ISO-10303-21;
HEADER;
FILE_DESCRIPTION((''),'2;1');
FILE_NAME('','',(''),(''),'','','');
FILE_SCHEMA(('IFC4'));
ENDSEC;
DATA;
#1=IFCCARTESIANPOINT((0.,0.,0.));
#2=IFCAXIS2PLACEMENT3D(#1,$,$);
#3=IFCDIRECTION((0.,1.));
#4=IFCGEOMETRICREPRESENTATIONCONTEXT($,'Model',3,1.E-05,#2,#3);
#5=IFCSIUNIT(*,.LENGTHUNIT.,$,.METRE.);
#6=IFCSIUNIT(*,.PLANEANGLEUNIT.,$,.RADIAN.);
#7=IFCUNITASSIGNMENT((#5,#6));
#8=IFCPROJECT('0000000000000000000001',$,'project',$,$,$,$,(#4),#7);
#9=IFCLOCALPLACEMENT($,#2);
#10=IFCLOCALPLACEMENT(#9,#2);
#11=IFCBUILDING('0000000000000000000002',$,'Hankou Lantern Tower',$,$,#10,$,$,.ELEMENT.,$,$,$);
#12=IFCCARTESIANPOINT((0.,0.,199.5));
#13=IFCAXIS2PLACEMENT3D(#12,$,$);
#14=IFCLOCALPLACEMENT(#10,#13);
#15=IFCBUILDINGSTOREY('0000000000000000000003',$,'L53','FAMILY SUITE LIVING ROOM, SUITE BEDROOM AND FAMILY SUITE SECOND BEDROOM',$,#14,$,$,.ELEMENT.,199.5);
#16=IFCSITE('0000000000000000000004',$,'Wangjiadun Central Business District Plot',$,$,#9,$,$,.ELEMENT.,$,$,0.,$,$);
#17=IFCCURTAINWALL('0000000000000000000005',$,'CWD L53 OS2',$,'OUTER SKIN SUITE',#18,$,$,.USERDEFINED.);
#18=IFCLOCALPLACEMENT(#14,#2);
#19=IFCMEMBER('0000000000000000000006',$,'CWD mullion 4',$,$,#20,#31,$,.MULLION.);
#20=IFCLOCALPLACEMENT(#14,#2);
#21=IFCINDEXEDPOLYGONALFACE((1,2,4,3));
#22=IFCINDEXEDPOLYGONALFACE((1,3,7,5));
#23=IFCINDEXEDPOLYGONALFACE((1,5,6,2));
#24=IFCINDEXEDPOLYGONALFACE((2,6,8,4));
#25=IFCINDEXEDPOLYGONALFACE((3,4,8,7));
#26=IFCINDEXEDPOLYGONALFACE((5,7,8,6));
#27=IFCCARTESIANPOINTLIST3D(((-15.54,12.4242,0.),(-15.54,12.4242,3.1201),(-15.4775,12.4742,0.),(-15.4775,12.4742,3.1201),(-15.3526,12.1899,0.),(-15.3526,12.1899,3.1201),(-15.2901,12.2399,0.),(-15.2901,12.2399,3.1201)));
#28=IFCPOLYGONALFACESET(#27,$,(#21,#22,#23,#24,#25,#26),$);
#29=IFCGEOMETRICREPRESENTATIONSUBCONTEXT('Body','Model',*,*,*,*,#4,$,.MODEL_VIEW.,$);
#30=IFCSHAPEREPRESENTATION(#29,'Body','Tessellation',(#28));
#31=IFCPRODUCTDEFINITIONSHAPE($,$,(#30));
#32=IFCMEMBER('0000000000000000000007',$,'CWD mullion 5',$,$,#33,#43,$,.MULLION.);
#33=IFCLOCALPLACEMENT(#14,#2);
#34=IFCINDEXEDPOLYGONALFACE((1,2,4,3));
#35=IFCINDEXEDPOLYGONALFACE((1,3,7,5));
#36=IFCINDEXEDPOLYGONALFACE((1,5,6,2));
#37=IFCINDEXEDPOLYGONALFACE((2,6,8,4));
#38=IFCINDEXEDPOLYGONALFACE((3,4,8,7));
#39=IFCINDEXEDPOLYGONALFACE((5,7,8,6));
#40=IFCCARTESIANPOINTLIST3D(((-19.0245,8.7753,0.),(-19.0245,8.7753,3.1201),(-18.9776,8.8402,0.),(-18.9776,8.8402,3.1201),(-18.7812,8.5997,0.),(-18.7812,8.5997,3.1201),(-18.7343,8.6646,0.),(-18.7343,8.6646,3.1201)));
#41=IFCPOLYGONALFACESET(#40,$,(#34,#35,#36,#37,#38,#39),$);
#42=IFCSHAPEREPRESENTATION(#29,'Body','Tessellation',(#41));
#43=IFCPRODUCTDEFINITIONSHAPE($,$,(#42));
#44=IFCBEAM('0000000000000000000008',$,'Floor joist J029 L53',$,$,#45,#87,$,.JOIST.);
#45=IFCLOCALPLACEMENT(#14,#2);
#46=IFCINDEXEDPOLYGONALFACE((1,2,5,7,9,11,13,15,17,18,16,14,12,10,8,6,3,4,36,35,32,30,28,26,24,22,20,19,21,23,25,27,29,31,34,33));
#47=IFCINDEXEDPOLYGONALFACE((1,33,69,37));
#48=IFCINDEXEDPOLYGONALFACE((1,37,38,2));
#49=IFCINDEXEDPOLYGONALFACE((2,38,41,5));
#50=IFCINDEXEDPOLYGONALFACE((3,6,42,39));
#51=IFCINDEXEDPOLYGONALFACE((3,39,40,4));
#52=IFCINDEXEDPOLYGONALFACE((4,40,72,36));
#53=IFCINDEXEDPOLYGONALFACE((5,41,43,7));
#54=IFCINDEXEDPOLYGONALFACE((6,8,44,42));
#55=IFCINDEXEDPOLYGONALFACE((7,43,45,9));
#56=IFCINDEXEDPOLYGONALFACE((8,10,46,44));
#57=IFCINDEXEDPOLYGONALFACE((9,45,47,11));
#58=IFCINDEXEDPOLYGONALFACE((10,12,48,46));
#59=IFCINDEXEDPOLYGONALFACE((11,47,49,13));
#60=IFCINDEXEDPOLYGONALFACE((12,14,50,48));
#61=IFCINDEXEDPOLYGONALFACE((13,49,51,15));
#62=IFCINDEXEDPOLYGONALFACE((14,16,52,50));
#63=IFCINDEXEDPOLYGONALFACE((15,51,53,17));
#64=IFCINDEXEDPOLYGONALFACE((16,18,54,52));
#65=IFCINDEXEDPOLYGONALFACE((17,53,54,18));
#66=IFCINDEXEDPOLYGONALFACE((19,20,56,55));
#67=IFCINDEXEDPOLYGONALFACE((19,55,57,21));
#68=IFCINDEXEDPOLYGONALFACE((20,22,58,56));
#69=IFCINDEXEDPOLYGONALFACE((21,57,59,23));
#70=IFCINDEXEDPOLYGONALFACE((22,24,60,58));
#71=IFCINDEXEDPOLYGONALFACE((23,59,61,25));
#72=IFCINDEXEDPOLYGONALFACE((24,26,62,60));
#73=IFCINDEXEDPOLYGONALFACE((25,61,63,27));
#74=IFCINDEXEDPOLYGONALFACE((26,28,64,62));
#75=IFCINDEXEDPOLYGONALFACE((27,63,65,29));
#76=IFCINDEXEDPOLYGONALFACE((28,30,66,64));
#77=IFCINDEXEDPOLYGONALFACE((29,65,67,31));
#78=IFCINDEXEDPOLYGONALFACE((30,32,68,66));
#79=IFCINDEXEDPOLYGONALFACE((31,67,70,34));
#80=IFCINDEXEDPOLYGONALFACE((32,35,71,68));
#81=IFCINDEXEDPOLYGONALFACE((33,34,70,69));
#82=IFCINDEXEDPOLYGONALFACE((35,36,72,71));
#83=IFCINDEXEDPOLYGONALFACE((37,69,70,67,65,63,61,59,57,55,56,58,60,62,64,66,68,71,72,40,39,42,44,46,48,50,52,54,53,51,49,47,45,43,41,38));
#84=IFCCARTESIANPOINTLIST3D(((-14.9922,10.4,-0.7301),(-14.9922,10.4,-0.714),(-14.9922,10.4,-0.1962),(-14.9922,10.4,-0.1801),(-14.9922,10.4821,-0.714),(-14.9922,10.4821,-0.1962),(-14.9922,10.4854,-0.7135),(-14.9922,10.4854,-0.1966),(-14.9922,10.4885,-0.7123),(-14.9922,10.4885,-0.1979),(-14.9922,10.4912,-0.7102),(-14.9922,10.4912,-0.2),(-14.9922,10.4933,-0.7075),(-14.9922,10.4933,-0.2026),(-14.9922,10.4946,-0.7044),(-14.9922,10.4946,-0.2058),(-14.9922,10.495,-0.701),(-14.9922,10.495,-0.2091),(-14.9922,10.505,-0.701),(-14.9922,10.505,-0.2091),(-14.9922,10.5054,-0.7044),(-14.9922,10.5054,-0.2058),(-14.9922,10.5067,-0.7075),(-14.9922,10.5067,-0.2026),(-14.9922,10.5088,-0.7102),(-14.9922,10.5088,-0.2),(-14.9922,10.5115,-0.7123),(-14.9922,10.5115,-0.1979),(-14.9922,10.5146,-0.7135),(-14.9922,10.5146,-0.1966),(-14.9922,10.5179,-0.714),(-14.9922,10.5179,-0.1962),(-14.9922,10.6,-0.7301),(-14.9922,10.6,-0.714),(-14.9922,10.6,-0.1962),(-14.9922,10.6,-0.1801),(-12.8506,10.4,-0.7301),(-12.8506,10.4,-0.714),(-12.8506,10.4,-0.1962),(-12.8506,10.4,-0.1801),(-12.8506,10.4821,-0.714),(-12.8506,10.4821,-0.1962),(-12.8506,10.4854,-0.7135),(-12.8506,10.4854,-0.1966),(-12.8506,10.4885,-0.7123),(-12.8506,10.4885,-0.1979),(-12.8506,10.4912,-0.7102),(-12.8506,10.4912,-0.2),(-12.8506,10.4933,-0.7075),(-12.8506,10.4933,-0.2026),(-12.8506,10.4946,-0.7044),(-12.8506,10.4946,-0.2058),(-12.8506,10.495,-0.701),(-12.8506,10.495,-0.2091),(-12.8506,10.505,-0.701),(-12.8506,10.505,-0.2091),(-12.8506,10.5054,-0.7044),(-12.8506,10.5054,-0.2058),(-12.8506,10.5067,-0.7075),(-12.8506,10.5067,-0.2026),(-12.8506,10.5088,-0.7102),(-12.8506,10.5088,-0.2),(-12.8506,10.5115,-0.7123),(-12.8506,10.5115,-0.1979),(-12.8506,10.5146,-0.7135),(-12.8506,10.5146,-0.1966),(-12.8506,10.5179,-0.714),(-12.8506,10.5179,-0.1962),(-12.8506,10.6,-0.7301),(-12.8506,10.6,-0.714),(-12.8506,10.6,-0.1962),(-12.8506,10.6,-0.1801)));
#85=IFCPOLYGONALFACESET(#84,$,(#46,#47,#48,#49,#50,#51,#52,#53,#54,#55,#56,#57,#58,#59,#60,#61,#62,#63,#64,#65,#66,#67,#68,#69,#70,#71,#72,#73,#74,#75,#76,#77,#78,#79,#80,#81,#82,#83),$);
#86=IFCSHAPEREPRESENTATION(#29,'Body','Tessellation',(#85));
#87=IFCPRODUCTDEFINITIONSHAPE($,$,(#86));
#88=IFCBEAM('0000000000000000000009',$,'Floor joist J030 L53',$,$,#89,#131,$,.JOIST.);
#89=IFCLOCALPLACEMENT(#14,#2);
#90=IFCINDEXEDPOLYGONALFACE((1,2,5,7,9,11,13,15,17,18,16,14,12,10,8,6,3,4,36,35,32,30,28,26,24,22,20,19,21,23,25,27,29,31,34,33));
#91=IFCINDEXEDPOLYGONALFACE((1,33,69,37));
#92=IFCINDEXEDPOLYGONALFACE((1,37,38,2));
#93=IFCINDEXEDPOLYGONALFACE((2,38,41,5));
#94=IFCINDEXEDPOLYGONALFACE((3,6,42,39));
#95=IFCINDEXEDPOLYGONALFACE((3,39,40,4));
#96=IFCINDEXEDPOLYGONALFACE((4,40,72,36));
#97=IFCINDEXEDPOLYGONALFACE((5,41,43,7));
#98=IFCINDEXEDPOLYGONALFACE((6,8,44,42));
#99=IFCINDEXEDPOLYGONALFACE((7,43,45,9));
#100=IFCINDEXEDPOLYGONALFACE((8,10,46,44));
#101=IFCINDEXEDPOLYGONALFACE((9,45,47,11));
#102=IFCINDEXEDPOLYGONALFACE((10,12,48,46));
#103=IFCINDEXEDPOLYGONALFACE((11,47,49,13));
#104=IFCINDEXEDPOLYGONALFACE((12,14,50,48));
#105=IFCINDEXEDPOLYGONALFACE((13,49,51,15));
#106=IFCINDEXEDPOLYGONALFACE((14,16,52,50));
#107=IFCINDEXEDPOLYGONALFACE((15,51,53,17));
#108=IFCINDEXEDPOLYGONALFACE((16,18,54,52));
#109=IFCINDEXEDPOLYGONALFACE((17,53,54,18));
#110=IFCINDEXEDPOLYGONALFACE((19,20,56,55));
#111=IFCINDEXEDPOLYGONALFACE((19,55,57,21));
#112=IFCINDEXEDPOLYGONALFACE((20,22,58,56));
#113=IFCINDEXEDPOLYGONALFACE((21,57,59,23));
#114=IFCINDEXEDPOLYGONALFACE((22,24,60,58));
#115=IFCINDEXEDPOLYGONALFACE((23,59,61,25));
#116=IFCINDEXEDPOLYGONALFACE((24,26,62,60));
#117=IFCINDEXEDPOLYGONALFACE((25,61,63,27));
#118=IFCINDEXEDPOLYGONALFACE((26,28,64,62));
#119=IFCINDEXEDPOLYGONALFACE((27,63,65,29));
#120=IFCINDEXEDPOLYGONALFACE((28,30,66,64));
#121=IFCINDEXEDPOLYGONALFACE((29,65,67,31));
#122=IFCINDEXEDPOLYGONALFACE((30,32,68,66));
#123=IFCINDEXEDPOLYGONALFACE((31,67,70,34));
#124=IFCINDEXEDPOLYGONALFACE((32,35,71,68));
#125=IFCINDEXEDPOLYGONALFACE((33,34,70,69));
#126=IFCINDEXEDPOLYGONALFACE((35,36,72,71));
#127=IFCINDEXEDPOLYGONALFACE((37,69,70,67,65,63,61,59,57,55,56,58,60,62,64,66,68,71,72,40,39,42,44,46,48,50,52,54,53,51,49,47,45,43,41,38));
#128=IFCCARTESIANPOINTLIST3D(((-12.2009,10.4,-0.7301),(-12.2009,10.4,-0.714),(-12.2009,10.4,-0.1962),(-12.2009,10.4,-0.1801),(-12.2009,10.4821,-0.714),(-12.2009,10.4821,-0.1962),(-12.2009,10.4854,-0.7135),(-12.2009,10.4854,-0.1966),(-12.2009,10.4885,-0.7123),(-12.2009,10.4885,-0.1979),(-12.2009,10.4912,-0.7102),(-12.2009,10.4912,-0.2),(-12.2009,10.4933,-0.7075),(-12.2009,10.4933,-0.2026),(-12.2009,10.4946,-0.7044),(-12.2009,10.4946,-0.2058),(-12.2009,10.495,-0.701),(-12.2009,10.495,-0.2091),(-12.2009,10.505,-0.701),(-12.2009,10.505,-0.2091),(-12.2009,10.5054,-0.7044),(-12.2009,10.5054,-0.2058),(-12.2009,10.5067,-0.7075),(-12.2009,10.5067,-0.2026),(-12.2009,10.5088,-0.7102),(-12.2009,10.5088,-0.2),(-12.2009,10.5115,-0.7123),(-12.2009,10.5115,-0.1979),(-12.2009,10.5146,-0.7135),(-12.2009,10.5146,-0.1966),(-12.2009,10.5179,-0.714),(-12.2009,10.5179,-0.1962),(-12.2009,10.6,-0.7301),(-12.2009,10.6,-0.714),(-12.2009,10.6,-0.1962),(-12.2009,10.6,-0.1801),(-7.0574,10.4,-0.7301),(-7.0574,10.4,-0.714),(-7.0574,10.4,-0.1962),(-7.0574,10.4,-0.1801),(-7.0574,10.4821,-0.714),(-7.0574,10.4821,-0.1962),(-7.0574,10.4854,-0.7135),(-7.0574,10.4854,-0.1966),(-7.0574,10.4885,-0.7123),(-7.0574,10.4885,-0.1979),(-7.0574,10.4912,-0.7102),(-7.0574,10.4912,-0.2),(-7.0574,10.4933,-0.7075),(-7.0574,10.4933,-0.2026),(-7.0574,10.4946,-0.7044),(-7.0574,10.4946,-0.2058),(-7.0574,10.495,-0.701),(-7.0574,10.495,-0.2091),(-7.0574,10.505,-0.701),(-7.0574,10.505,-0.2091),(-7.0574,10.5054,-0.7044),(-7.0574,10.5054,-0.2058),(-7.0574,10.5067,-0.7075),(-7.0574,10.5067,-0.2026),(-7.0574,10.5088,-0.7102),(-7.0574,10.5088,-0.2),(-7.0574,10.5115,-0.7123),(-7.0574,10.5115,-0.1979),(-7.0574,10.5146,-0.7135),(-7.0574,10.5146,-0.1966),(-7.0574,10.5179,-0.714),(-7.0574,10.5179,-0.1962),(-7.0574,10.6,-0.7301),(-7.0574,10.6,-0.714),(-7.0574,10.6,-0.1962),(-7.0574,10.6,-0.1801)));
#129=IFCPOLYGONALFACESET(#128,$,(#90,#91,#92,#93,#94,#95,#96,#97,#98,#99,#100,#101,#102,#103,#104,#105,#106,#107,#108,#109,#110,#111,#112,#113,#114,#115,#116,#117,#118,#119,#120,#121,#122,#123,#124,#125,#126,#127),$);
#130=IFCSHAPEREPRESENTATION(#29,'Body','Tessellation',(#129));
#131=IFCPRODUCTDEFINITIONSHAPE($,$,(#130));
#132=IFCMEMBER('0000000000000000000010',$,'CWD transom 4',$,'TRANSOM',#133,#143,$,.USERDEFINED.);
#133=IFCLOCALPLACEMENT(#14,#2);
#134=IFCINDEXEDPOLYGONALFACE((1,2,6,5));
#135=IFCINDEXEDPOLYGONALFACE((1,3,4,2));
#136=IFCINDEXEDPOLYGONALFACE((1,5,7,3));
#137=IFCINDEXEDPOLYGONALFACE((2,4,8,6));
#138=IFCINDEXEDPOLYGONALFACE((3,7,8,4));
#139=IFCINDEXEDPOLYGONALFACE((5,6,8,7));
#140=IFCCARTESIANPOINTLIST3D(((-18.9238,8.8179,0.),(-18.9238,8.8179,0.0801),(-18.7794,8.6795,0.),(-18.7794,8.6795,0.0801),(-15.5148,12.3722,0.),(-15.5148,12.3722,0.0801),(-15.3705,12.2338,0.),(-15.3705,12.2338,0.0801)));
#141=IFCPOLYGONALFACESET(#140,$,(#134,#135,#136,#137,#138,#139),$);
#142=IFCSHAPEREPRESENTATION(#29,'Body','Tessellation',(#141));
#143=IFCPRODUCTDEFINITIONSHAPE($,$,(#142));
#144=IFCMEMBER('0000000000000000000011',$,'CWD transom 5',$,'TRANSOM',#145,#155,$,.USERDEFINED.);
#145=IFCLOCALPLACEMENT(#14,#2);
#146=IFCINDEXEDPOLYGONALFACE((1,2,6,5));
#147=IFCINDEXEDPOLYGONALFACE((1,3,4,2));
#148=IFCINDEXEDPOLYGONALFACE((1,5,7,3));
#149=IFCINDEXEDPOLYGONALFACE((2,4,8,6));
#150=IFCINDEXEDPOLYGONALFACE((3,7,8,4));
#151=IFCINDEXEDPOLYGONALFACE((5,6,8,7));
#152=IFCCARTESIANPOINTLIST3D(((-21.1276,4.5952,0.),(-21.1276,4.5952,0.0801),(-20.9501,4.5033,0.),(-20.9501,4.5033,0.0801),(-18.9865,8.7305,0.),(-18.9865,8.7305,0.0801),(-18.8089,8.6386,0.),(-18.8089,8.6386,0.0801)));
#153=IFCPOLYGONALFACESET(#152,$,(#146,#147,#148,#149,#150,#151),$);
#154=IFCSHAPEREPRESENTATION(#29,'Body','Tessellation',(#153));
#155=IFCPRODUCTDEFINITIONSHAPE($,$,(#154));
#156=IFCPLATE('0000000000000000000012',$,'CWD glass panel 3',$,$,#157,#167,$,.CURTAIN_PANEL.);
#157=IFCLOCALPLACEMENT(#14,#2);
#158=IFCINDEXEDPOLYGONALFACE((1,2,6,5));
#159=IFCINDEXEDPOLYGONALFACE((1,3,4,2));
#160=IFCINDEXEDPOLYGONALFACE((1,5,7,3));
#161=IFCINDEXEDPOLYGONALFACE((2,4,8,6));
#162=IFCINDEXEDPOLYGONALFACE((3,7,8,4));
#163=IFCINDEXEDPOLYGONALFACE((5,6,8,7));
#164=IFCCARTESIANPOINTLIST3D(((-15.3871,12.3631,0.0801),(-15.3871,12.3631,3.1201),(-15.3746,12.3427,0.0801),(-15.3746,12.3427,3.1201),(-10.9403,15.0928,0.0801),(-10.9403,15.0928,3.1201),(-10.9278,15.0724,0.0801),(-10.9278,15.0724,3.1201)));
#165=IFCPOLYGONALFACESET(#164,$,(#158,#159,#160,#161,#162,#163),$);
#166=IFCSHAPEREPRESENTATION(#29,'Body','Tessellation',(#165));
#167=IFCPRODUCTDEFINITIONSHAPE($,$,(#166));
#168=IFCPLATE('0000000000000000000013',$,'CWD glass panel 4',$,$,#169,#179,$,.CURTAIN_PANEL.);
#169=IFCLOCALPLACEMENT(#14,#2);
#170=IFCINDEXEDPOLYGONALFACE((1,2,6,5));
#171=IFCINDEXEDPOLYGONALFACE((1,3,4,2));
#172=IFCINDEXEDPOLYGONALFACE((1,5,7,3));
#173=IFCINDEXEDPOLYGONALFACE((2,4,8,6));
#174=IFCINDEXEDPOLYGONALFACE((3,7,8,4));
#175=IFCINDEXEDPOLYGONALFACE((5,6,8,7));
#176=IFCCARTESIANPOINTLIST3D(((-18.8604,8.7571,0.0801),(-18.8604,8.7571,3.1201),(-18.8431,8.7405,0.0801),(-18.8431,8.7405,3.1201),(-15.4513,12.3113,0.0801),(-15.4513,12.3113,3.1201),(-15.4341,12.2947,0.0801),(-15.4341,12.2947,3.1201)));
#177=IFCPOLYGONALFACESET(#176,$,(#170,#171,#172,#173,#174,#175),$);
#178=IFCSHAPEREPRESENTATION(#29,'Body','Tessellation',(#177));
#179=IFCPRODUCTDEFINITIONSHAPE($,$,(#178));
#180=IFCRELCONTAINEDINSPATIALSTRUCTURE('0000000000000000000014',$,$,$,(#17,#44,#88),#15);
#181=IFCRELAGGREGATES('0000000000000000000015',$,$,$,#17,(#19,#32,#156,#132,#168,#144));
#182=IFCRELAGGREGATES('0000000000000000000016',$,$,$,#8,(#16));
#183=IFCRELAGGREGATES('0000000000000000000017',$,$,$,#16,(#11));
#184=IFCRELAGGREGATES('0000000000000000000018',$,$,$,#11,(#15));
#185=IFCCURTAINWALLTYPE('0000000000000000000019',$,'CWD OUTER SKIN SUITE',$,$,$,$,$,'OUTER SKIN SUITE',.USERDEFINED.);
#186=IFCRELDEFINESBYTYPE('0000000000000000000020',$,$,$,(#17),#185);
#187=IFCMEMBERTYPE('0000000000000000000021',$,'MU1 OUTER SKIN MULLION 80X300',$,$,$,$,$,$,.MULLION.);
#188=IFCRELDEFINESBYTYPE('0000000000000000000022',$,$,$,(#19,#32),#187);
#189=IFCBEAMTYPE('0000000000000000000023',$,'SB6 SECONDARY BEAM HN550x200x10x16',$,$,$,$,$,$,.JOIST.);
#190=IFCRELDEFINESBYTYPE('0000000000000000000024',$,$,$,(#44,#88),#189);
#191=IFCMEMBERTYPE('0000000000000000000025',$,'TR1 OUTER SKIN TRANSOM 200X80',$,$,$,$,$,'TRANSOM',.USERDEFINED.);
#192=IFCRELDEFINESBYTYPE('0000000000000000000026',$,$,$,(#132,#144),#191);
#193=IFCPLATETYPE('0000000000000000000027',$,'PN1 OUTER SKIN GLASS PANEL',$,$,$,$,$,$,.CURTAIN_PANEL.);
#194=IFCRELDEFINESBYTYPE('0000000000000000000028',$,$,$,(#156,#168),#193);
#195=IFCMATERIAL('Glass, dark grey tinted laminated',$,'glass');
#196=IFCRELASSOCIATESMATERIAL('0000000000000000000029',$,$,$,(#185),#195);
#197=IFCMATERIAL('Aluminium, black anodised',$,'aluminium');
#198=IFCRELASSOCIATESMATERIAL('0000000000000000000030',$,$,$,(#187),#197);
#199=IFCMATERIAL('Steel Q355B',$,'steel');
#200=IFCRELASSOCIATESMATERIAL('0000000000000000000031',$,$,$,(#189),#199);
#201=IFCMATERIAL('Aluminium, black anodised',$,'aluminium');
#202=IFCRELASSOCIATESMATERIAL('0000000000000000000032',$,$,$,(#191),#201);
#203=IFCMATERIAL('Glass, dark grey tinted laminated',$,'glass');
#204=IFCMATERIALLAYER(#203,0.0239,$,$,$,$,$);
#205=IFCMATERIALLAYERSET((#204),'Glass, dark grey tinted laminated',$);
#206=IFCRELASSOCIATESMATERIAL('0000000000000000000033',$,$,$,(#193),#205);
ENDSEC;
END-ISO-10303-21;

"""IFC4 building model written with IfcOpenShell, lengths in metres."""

from ifc_helpers import new_model, si_unit, direction, frame, origin, origin_2d, place, context, subcontext, project, spatial, rectangle, i_section, extrude, material, layer, layer_set, material_profile, profile_set, type_object, element, aggregate, save


model = new_model("IFC4")

# Units and contexts
model_context = context("Model", 3, precision=1e-05, world=origin(), true_north=direction((0.0, 1.0)))
body_context = subcontext(model_context, "Body", "Model", "MODEL_VIEW")
ifc_project = project(units=[si_unit("LENGTHUNIT", "METRE"), si_unit("PLANEANGLEUNIT", "RADIAN")], contexts=[model_context])

# Site, building, storey
site_placement = place(None, origin())
site = spatial("IfcSite", under=ifc_project, at=site_placement, Name="Wangjiadun Central Business District Plot", CompositionType="ELEMENT", RefElevation=0.0)
building_placement = place(site_placement, origin())
building = spatial("IfcBuilding", under=site, at=building_placement, Name="Hankou Lantern Tower", CompositionType="ELEMENT")
storey_placement = place(building_placement, frame((0.0, 0.0, 199.5)))
storey = spatial("IfcBuildingStorey", under=building, at=storey_placement, Name="L53", Description="FAMILY SUITE LIVING ROOM, SUITE BEDROOM AND FAMILY SUITE SECOND BEDROOM", CompositionType="ELEMENT", Elevation=199.5)

# Curtain wall, members
ifc_material_1 = material(Name="Glass, dark grey tinted laminated", Category="glass")
curtain_wall_type = type_object("IfcCurtainWallType", Name="CWD OUTER SKIN SUITE", ElementType="OUTER SKIN SUITE", PredefinedType="USERDEFINED", material=ifc_material_1)
curtain_wall_placement = place(storey_placement, origin())
curtain_wall = element("IfcCurtainWall", 1, at=curtain_wall_placement, inside=storey, type_object=curtain_wall_type, Name="CWD L53 OS2", ObjectType="OUTER SKIN SUITE", PredefinedType="USERDEFINED")
ifc_material_2 = material(Name="Aluminium, black anodised", Category="aluminium")
ifc_material_profile_1 = material_profile(ifc_material_2, rectangle(XDim=0.0801, YDim=0.3, at=origin_2d()), Name="MU1 80X300")
ifc_profile_set_1 = profile_set([ifc_material_profile_1], Name="Aluminium, black anodised")
member_type_1 = type_object("IfcMemberType", Name="MU1 OUTER SKIN MULLION 80X300", PredefinedType="MULLION", material=ifc_profile_set_1)
member_1_placement = place(storey_placement, frame((-15.415, 12.332, 0.0), z_axis=(0.0, 0.0, 1.0), x_axis=(-0.780869, -0.624695, 0.0)))
member_1 = element("IfcMember", 2, at=member_1_placement, type_object=member_type_1, Name="CWD mullion 4", PredefinedType="MULLION", context=body_context, shape_type="SweptSolid", body=[
    extrude(rectangle(XDim=0.0801, YDim=0.3, at=origin_2d()), origin(), (0.0, 0.0, 1.0), 3.1201),
])
member_2_placement = place(storey_placement, frame((-18.8794, 8.72, 0.0), z_axis=(0.0, 0.0, 1.0), x_axis=(-0.585206, -0.810885, 0.0)))
member_2 = element("IfcMember", 3, at=member_2_placement, type_object=member_type_1, Name="CWD mullion 5", PredefinedType="MULLION", context=body_context, shape_type="SweptSolid", body=[
    extrude(rectangle(XDim=0.0801, YDim=0.3, at=origin_2d()), origin(), (0.0, 0.0, 1.0), 3.1201),
])

# Beams
ifc_material_3 = material(Name="Steel Q355B", Category="steel")
ifc_material_profile_2 = material_profile(ifc_material_3, i_section(OverallWidth=0.2, OverallDepth=0.55, WebThickness=0.01, FlangeThickness=0.0161, FilletRadius=0.0129, at=origin_2d()), Name="HN550x200x10x16")
ifc_profile_set_2 = profile_set([ifc_material_profile_2], Name="Steel Q355B")
beam_type_1 = type_object("IfcBeamType", Name="SB6 SECONDARY BEAM HN550x200x10x16", PredefinedType="JOIST", material=ifc_profile_set_2)
beam_1_placement = place(storey_placement, frame((-14.9922, 10.5, -0.4551), z_axis=(1.0, 0.0, 0.0), x_axis=(0.0, 1.0, 0.0)))
element("IfcBeam", 4, at=beam_1_placement, inside=storey, type_object=beam_type_1, Name="Floor joist J029 L53", PredefinedType="JOIST", context=body_context, shape_type="SweptSolid", body=[
    extrude(i_section(OverallWidth=0.2, OverallDepth=0.55, WebThickness=0.01, FlangeThickness=0.0161, FilletRadius=0.0129, at=origin_2d()), origin(), (0.0, 0.0, 1.0), 2.1416),
])
beam_2_placement = place(storey_placement, frame((-12.2009, 10.5, -0.4551), z_axis=(1.0, 0.0, 0.0), x_axis=(0.0, 1.0, 0.0)))
element("IfcBeam", 5, at=beam_2_placement, inside=storey, type_object=beam_type_1, Name="Floor joist J030 L53", PredefinedType="JOIST", context=body_context, shape_type="SweptSolid", body=[
    extrude(i_section(OverallWidth=0.2, OverallDepth=0.55, WebThickness=0.01, FlangeThickness=0.0161, FilletRadius=0.0129, at=origin_2d()), origin(), (0.0, 0.0, 1.0), 5.1436),
])

# Members
ifc_material_4 = material(Name="Aluminium, black anodised", Category="aluminium")
ifc_material_profile_3 = material_profile(ifc_material_4, rectangle(XDim=0.2, YDim=0.0801, at=origin_2d()), Name="TR1 200X80")
ifc_profile_set_3 = profile_set([ifc_material_profile_3], Name="Aluminium, black anodised")
member_type_2 = type_object("IfcMemberType", Name="TR1 OUTER SKIN TRANSOM 200X80", ElementType="TRANSOM", PredefinedType="USERDEFINED", material=ifc_profile_set_3)
member_3_placement = place(storey_placement, frame((-15.4426, 12.303, 0.04), z_axis=(-0.692205, -0.721701, 0.0), x_axis=(0.721701, -0.692205, 0.0)))
member_3 = element("IfcMember", 6, at=member_3_placement, type_object=member_type_2, Name="CWD transom 4", ObjectType="TRANSOM", PredefinedType="USERDEFINED", context=body_context, shape_type="SweptSolid", body=[
    extrude(rectangle(XDim=0.2, YDim=0.0801, at=origin_2d()), origin(), (0.0, 0.0, 1.0), 4.9248),
])
member_4_placement = place(storey_placement, frame((-18.8977, 8.6846, 0.04), z_axis=(-0.459794, -0.888026, 0.0), x_axis=(0.888026, -0.459794, 0.0)))
member_4 = element("IfcMember", 7, at=member_4_placement, type_object=member_type_2, Name="CWD transom 5", ObjectType="TRANSOM", PredefinedType="USERDEFINED", context=body_context, shape_type="SweptSolid", body=[
    extrude(rectangle(XDim=0.2, YDim=0.0801, at=origin_2d()), origin(), (0.0, 0.0, 1.0), 4.6567),
])

# Plates
ifc_material_5 = material(Name="Glass, dark grey tinted laminated", Category="glass")
ifc_layer_1 = layer(ifc_material_5, 0.0239)
ifc_layer_set_1 = layer_set([ifc_layer_1], Name="Glass, dark grey tinted laminated")
plate_type = type_object("IfcPlateType", Name="PN1 OUTER SKIN GLASS PANEL", PredefinedType="CURTAIN_PANEL", material=ifc_layer_set_1)
plate_1_placement = place(storey_placement, frame((-13.1575, 13.7178, 0.0801), z_axis=(0.0, 0.0, 1.0), x_axis=(-0.852237, -0.523156, 0.0)))
plate_1 = element("IfcPlate", 8, at=plate_1_placement, type_object=plate_type, Name="CWD glass panel 3", PredefinedType="CURTAIN_PANEL", context=body_context, shape_type="SweptSolid", body=[
    extrude(rectangle(XDim=5.2178, YDim=0.0239, at=origin_2d()), origin(), (0.0, 0.0, 1.0), 3.04),
])
plate_2_placement = place(storey_placement, frame((-17.1472, 10.5259, 0.0801), z_axis=(0.0, 0.0, 1.0), x_axis=(-0.692216, -0.721691, 0.0)))
plate_2 = element("IfcPlate", 9, at=plate_2_placement, type_object=plate_type, Name="CWD glass panel 4", PredefinedType="CURTAIN_PANEL", context=body_context, shape_type="SweptSolid", body=[
    extrude(rectangle(XDim=4.9248, YDim=0.0239, at=origin_2d()), origin(), (0.0, 0.0, 1.0), 3.04),
])
aggregate(curtain_wall, [member_1, member_2, plate_1, member_3, plate_2, member_4])

save(model, "model.ifc")
